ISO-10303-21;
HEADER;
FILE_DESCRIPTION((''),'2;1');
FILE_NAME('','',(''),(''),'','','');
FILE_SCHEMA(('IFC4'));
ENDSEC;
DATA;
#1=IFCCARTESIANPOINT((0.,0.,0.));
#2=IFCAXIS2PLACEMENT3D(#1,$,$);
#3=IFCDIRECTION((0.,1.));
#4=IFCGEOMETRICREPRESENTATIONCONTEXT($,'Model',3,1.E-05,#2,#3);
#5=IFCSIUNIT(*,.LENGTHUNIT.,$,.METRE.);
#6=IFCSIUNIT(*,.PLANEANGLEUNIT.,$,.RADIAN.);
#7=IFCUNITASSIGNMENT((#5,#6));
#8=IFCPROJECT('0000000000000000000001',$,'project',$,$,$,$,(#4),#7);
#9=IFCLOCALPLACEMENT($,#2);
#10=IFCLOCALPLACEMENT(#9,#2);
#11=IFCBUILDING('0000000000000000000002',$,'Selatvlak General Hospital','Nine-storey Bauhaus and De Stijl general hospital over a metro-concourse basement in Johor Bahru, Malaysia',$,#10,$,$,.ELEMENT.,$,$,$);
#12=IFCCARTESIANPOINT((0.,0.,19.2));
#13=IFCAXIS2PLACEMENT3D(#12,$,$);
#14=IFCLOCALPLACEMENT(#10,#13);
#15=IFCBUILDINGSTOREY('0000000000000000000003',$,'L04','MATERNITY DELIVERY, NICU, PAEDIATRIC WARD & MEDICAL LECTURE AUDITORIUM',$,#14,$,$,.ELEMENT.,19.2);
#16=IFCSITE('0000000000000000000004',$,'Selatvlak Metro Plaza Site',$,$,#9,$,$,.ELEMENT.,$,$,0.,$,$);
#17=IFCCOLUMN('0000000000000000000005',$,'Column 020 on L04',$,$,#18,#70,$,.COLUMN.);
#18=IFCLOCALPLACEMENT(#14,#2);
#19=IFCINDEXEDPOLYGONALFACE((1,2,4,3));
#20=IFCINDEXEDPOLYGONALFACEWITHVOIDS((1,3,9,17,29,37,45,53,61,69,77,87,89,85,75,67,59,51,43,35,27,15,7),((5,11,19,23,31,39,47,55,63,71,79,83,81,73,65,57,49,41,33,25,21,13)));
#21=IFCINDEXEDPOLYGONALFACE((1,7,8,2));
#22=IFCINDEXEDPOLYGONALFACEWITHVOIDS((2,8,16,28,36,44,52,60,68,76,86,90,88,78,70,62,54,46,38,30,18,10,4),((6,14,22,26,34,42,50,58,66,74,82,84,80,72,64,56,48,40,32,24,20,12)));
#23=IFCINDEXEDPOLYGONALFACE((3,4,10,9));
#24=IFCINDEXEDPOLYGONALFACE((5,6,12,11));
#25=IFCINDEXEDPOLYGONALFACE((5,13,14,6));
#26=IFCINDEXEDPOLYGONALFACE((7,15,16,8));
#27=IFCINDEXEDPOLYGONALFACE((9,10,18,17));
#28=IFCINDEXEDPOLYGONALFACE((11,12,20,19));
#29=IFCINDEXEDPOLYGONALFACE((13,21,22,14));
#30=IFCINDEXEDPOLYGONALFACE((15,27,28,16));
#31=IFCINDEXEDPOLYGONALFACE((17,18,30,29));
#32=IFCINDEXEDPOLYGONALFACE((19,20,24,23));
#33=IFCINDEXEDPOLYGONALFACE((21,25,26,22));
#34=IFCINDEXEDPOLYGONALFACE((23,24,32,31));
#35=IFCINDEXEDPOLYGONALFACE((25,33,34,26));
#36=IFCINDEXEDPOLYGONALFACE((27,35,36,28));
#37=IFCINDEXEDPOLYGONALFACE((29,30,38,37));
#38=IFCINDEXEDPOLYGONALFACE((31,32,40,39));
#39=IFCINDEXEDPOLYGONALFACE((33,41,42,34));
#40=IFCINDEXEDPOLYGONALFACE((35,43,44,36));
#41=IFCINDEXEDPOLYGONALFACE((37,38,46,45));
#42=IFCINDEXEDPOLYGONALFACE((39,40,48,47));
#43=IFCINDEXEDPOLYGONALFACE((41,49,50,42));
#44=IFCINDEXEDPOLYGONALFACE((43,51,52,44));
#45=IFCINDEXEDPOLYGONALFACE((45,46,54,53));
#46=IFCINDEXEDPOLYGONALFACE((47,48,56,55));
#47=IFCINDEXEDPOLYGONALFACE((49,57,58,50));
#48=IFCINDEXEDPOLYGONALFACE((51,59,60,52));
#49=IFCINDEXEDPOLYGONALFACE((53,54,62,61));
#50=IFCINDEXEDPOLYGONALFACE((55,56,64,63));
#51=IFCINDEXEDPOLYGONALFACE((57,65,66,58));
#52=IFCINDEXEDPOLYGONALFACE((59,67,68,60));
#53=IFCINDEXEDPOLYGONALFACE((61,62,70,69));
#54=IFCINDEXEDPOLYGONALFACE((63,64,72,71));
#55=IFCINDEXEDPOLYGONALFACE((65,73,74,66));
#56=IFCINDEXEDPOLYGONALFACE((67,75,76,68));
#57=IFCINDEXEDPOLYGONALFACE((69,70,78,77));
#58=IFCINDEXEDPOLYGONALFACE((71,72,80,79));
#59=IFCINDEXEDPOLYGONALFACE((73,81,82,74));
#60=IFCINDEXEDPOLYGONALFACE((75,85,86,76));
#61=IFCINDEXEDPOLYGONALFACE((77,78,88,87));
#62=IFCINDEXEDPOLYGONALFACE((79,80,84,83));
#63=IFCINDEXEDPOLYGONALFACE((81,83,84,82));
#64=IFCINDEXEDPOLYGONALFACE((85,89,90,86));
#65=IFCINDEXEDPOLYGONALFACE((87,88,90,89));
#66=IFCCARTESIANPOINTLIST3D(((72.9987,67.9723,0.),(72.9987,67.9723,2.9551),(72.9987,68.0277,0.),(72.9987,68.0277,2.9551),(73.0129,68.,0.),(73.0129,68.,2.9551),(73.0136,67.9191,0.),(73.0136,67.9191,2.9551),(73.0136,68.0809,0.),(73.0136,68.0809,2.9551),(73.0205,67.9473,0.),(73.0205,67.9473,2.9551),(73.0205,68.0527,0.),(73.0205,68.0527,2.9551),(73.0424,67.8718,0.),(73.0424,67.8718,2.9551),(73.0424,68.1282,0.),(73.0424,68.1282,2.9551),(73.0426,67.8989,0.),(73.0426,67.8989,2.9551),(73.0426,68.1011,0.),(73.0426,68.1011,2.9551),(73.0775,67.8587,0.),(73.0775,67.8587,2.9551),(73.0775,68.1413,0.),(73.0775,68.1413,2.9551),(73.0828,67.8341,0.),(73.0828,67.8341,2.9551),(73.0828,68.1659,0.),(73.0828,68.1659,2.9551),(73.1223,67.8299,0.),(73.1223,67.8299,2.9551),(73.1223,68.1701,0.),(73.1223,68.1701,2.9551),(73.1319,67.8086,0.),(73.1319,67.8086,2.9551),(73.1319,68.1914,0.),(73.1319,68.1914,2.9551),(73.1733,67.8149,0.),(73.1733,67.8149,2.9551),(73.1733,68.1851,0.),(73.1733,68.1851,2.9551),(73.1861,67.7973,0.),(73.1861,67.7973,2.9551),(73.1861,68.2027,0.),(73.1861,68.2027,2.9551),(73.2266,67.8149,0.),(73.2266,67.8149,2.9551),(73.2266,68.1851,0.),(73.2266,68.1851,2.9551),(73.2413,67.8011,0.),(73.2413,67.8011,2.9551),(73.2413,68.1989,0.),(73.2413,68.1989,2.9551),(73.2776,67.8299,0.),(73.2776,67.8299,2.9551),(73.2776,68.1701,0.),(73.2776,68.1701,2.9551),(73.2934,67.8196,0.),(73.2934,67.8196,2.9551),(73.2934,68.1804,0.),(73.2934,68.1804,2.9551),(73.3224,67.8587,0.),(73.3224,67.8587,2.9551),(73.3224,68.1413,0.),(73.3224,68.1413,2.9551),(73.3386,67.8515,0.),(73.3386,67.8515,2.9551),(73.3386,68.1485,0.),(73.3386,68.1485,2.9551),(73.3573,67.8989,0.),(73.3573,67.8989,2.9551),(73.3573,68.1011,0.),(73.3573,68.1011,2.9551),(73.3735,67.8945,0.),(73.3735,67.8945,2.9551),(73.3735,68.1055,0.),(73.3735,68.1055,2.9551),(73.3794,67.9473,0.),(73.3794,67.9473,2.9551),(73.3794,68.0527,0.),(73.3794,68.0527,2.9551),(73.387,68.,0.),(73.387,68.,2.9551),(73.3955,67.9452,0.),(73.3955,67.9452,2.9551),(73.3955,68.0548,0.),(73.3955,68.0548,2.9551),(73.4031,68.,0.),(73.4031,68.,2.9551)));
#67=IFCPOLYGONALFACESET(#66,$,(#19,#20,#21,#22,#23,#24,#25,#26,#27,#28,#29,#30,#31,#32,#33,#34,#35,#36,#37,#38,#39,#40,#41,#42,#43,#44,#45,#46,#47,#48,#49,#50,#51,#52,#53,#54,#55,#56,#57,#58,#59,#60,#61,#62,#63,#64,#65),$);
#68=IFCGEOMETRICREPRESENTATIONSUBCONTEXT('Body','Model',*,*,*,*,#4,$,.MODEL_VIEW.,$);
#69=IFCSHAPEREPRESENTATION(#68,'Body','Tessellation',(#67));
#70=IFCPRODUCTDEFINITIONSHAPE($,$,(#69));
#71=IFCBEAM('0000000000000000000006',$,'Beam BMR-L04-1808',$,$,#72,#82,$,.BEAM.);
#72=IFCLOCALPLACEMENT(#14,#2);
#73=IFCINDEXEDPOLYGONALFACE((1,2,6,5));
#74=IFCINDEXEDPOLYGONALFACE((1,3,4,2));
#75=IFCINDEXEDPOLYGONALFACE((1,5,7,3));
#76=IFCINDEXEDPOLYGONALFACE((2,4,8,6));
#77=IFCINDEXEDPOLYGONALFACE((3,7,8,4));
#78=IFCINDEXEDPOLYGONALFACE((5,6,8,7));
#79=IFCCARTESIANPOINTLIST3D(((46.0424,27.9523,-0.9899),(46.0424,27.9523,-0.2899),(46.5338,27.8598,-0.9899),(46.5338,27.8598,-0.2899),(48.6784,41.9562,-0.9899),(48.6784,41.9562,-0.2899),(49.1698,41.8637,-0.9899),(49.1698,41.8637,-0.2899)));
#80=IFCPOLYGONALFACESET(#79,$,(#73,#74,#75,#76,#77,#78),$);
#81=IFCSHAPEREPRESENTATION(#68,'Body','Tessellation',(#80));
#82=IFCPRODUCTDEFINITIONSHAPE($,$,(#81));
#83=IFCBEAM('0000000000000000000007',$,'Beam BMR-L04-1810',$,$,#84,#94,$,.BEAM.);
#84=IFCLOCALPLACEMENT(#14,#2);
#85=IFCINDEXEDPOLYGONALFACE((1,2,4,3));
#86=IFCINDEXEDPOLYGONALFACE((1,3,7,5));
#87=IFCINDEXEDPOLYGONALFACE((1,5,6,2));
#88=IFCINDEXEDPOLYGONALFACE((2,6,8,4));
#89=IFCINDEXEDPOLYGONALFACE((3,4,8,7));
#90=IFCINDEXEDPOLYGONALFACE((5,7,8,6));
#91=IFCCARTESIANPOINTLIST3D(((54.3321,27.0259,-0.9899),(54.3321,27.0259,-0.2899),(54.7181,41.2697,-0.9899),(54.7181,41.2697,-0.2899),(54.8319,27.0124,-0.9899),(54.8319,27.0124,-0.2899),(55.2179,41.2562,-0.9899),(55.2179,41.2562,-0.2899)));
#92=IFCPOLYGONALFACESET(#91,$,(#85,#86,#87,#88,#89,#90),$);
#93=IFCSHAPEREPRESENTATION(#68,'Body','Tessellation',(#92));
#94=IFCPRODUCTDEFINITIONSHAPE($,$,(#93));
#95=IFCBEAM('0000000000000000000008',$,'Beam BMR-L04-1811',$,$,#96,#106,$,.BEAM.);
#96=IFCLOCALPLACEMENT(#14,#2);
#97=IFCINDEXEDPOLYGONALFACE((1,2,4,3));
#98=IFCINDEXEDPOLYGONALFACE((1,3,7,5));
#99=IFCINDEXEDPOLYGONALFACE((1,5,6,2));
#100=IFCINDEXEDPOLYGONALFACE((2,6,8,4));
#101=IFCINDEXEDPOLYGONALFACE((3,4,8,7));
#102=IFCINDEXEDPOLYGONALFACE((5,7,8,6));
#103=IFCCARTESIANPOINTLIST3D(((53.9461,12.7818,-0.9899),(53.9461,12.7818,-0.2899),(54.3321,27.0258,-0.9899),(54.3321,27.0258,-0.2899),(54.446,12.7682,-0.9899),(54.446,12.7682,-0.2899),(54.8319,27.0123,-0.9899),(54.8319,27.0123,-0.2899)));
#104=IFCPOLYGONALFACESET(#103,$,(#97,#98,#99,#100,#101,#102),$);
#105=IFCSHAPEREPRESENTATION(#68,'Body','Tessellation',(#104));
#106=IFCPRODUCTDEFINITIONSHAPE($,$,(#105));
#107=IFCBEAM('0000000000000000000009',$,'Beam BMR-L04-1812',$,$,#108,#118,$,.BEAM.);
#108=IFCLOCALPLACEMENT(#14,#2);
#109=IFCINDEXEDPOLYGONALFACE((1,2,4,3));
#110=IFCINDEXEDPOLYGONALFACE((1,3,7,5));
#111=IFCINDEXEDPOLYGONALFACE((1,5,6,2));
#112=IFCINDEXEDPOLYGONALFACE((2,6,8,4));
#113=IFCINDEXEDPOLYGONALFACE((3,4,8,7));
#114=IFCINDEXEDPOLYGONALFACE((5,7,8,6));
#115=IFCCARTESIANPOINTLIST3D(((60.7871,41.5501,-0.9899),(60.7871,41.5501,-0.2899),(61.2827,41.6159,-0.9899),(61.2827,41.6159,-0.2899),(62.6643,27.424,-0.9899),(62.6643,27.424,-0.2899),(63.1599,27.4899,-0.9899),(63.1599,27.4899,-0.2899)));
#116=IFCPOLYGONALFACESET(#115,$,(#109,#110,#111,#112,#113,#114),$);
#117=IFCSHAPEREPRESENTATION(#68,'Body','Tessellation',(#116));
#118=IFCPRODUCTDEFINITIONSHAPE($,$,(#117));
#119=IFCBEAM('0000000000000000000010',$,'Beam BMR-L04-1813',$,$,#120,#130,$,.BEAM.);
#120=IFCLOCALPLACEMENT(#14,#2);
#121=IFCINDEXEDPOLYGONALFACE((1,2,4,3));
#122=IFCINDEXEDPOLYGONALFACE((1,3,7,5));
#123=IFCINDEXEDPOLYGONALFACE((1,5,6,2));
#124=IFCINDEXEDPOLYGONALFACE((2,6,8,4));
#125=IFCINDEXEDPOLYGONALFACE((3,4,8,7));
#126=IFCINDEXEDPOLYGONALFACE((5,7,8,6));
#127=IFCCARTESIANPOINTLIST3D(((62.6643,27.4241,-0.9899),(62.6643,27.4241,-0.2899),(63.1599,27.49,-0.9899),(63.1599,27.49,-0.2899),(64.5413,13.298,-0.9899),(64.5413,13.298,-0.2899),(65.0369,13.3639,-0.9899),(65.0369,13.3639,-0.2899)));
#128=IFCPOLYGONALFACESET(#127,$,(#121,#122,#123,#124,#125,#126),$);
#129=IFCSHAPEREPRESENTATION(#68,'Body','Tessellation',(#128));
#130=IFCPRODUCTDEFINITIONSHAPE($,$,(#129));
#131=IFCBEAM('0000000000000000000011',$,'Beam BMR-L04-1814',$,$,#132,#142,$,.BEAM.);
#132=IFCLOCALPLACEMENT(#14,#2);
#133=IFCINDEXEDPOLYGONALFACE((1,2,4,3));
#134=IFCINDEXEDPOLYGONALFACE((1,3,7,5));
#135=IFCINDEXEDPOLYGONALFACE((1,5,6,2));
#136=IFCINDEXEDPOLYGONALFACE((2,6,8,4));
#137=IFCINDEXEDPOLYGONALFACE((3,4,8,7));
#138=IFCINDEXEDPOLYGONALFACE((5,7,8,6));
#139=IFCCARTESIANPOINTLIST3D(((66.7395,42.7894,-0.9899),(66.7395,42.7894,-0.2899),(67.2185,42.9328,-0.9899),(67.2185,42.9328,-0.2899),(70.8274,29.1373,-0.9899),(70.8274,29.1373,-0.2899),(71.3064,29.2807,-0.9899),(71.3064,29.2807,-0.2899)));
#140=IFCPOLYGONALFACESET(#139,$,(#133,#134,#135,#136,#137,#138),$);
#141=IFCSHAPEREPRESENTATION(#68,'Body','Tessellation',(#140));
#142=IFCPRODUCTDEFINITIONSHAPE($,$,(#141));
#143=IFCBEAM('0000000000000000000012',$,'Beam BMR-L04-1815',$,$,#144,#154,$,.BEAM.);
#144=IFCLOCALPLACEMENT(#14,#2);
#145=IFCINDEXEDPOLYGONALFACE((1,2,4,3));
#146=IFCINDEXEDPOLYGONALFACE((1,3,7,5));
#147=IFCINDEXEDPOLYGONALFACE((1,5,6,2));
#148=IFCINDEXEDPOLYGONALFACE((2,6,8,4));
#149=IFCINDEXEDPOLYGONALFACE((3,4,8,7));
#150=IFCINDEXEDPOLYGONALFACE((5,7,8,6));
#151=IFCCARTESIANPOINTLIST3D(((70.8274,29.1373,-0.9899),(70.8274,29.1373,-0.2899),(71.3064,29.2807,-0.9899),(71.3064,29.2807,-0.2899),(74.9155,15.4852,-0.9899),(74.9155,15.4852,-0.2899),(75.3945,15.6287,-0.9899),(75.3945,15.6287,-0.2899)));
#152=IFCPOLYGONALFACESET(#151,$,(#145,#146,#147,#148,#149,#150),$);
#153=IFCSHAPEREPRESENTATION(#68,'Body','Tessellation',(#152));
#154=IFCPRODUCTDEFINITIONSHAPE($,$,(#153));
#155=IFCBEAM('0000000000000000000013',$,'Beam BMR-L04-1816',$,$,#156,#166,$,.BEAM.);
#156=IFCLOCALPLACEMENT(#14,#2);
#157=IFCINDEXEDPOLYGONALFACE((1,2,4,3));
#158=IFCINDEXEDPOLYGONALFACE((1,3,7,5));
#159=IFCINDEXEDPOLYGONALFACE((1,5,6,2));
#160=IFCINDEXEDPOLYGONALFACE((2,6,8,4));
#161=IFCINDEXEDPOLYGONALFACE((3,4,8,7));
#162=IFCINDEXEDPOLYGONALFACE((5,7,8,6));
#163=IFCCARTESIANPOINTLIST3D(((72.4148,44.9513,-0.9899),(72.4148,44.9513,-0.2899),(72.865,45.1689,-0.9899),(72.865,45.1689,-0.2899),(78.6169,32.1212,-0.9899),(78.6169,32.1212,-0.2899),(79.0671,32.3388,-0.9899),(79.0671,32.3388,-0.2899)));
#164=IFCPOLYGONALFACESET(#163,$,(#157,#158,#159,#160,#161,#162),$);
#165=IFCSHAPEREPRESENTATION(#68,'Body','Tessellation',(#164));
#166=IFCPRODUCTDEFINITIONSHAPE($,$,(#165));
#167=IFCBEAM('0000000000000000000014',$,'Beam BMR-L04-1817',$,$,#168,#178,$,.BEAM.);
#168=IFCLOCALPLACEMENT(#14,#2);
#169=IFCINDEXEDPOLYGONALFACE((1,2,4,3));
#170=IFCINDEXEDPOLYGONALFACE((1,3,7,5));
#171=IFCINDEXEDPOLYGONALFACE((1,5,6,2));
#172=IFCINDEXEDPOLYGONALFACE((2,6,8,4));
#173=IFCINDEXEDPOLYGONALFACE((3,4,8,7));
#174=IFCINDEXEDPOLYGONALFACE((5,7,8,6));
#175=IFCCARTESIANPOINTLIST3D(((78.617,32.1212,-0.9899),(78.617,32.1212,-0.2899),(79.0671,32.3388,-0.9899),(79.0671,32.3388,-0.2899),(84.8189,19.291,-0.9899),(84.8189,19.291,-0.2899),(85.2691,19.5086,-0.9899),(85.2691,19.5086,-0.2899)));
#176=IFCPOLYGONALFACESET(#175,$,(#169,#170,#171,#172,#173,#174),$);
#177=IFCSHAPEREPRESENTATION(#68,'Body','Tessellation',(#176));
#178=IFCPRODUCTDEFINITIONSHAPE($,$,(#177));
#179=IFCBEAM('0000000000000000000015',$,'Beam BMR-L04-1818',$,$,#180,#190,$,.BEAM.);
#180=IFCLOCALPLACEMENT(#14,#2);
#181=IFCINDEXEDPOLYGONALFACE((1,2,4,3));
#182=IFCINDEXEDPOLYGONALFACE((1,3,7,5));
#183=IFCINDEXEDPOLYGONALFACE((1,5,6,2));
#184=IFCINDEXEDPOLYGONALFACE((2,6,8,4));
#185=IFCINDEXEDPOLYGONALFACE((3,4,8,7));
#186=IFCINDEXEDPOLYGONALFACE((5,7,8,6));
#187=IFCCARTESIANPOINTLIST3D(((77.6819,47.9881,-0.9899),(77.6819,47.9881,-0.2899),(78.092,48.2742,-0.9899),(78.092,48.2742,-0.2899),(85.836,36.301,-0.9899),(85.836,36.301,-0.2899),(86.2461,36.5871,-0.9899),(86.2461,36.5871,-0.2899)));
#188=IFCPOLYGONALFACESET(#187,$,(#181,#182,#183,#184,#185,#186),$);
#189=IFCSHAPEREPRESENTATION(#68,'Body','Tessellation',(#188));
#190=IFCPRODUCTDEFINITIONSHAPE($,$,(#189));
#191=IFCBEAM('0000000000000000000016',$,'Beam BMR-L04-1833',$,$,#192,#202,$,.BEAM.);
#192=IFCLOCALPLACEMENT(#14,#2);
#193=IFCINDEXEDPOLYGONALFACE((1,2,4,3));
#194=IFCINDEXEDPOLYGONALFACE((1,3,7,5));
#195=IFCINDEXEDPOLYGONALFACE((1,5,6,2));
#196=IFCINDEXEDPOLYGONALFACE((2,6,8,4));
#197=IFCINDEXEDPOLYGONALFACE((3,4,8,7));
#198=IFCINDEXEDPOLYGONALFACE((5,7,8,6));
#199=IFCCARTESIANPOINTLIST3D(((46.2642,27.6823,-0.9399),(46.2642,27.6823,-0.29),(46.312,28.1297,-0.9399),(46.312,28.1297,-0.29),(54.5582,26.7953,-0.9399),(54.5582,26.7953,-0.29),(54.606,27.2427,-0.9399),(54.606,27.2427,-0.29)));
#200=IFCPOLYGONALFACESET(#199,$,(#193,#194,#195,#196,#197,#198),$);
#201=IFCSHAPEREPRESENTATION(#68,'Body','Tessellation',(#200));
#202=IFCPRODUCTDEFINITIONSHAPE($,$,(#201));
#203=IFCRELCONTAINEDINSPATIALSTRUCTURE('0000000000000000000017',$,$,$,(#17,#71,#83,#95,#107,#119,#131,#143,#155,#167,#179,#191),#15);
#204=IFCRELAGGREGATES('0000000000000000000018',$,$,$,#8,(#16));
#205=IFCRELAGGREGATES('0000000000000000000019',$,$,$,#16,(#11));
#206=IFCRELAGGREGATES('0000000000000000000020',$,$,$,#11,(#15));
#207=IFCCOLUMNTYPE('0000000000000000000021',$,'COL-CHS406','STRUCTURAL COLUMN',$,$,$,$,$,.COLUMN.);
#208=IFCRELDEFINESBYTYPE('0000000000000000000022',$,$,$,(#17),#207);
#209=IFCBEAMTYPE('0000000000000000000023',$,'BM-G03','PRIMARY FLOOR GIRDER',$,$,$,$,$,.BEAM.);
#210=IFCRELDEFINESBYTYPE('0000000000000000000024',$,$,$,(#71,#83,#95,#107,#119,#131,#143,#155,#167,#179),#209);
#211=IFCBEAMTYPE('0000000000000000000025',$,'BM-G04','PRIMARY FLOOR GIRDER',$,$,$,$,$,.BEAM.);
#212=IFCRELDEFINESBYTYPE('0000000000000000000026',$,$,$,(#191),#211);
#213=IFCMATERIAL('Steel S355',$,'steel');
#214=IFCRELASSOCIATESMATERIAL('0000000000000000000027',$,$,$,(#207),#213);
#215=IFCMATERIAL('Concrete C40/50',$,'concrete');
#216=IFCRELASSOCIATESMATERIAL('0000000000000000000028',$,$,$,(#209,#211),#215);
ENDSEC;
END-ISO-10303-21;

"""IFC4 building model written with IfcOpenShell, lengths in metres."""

from ifc_helpers import new_model, si_unit, direction, frame, origin, origin_2d, place, context, subcontext, project, spatial, rectangle, hollow_circle, extrude, material, material_profile, profile_set, type_object, element, save


model = new_model("IFC4")

# Units and contexts
model_context = context("Model", 3, precision=1e-05, world=origin(), true_north=direction((0.0, 1.0)))
body_context = subcontext(model_context, "Body", "Model", "MODEL_VIEW")
ifc_project = project(units=[si_unit("LENGTHUNIT", "METRE"), si_unit("PLANEANGLEUNIT", "RADIAN")], contexts=[model_context])

# Site, building, storey
site_placement = place(None, origin())
site = spatial("IfcSite", under=ifc_project, at=site_placement, Name="Selatvlak Metro Plaza Site", CompositionType="ELEMENT", RefElevation=0.0)
building_placement = place(site_placement, origin())
building = spatial("IfcBuilding", under=site, at=building_placement, Name="Selatvlak General Hospital", Description="Nine-storey Bauhaus and De Stijl general hospital over a metro-concourse basement in Johor Bahru, Malaysia", CompositionType="ELEMENT")
storey_placement = place(building_placement, frame((0.0, 0.0, 19.2)))
storey = spatial("IfcBuildingStorey", under=building, at=storey_placement, Name="L04", Description="MATERNITY DELIVERY, NICU, PAEDIATRIC WARD & MEDICAL LECTURE AUDITORIUM", CompositionType="ELEMENT", Elevation=19.2)

# Column
ifc_material_1 = material(Name="Steel S355", Category="steel")
ifc_material_profile_1 = material_profile(ifc_material_1, hollow_circle(Radius=0.2031, WallThickness=0.0161, at=origin_2d()), Name="CHS 406.4x16")
ifc_profile_set_1 = profile_set([ifc_material_profile_1], Name="Steel S355")
column_type = type_object("IfcColumnType", Name="COL-CHS406", Description="STRUCTURAL COLUMN", PredefinedType="COLUMN", material=ifc_profile_set_1)
for number, where, z_axis, x_axis, name in (
    (1, (73.2, 68.0, 0.0), (0.0, 0.0, 1.0), (1.0, 0.0, 0.0), "Column 020 on L04"),
):
    element("IfcColumn", number, at=place(storey_placement, frame(where, z_axis=z_axis, x_axis=x_axis)), inside=storey, type_object=column_type, Name=name, PredefinedType="COLUMN", context=body_context, shape_type="SweptSolid", body=[
        extrude(hollow_circle(Radius=0.2031, WallThickness=0.0161, at=origin_2d()), origin(), (0.0, 0.0, 1.0), 2.9551),
    ])

# Beams
ifc_material_2 = material(Name="Concrete C40/50", Category="concrete")
ifc_material_profile_2 = material_profile(ifc_material_2, rectangle(XDim=0.5, YDim=0.7, at=origin_2d()), Name="RC-BM 500x700")
ifc_profile_set_2 = profile_set([ifc_material_profile_2], Name="Concrete C40/50")
beam_type_1 = type_object("IfcBeamType", Name="BM-G03", Description="PRIMARY FLOOR GIRDER", PredefinedType="BEAM", material=ifc_profile_set_2)
beam_1_placement = place(storey_placement, frame((48.9241, 41.9099, -0.6399), z_axis=(-0.184984, -0.982742, 0.0), x_axis=(0.982742, -0.184984, 0.0)))
element("IfcBeam", 2, at=beam_1_placement, inside=storey, type_object=beam_type_1, Name="Beam BMR-L04-1808", PredefinedType="BEAM", context=body_context, shape_type="SweptSolid", body=[
    extrude(rectangle(XDim=0.5, YDim=0.7, at=origin_2d()), origin(), (0.0, 0.0, 1.0), 14.2498),
])
beam_2_placement = place(storey_placement, frame((54.968, 41.2629, -0.6399), z_axis=(-0.027088, -0.999633, 0.0), x_axis=(0.999633, -0.027088, 0.0)))
element("IfcBeam", 3, at=beam_2_placement, inside=storey, type_object=beam_type_1, Name="Beam BMR-L04-1810", PredefinedType="BEAM", context=body_context, shape_type="SweptSolid", body=[
    extrude(rectangle(XDim=0.5, YDim=0.7, at=origin_2d()), origin(), (0.0, 0.0, 1.0), 14.249),
])
beam_3_placement = place(storey_placement, frame((54.582, 27.019, -0.6399), z_axis=(-0.027088, -0.999633, 0.0), x_axis=(0.999633, -0.027088, 0.0)))
element("IfcBeam", 4, at=beam_3_placement, inside=storey, type_object=beam_type_1, Name="Beam BMR-L04-1811", PredefinedType="BEAM", context=body_context, shape_type="SweptSolid", body=[
    extrude(rectangle(XDim=0.5, YDim=0.7, at=origin_2d()), origin(), (0.0, 0.0, 1.0), 14.2493),
])
for number, where, z_axis, x_axis, name in (
    (5, (61.0349, 41.583, -0.6399), (0.131732, -0.991285, 0.0), (0.991285, 0.131732, 0.0), "Beam BMR-L04-1812"),
    (6, (62.9121, 27.457, -0.6399), (0.131715, -0.991288, 0.0), (0.991288, 0.131715, 0.0), "Beam BMR-L04-1813"),
):
    element("IfcBeam", number, at=place(storey_placement, frame(where, z_axis=z_axis, x_axis=x_axis)), inside=storey, type_object=beam_type_1, Name=name, PredefinedType="BEAM", context=body_context, shape_type="SweptSolid", body=[
        extrude(rectangle(XDim=0.5, YDim=0.7, at=origin_2d()), origin(), (0.0, 0.0, 1.0), 14.2502),
    ])
for number, where, z_axis, x_axis, name in (
    (7, (66.979, 42.8611, -0.6399), (0.28685, -0.957976, 0.0), (0.957976, 0.28685, 0.0), "Beam BMR-L04-1814"),
    (8, (71.0669, 29.209, -0.6399), (0.286865, -0.957971, 0.0), (0.957971, 0.286865, 0.0), "Beam BMR-L04-1815"),
):
    element("IfcBeam", number, at=place(storey_placement, frame(where, z_axis=z_axis, x_axis=x_axis)), inside=storey, type_object=beam_type_1, Name=name, PredefinedType="BEAM", context=body_context, shape_type="SweptSolid", body=[
        extrude(rectangle(XDim=0.5, YDim=0.7, at=origin_2d()), origin(), (0.0, 0.0, 1.0), 14.251),
    ])
for number, where, z_axis, x_axis, name in (
    (9, (72.6399, 45.0601, -0.6399), (0.435222, -0.900323, 0.0), (0.900323, 0.435222, 0.0), "Beam BMR-L04-1816"),
    (10, (78.842, 32.23, -0.6399), (0.435208, -0.90033, 0.0), (0.90033, 0.435208, 0.0), "Beam BMR-L04-1817"),
    (11, (77.887, 48.1311, -0.6399), (0.572197, -0.820116, 0.0), (0.820116, 0.572197, 0.0), "Beam BMR-L04-1818"),
):
    element("IfcBeam", number, at=place(storey_placement, frame(where, z_axis=z_axis, x_axis=x_axis)), inside=storey, type_object=beam_type_1, Name=name, PredefinedType="BEAM", context=body_context, shape_type="SweptSolid", body=[
        extrude(rectangle(XDim=0.5, YDim=0.7, at=origin_2d()), origin(), (0.0, 0.0, 1.0), 14.2505),
    ])
ifc_material_profile_3 = material_profile(ifc_material_2, rectangle(XDim=0.45, YDim=0.6499, at=origin_2d()), Name="RC-BM 450x650")
ifc_profile_set_3 = profile_set([ifc_material_profile_3], Name="Concrete C40/50")
beam_type_2 = type_object("IfcBeamType", Name="BM-G04", Description="PRIMARY FLOOR GIRDER", PredefinedType="BEAM", material=ifc_profile_set_3)
beam_4_placement = place(storey_placement, frame((46.2881, 27.906, -0.615), z_axis=(0.99433, -0.106335, 0.0), x_axis=(0.106335, 0.99433, 0.0)))
element("IfcBeam", 12, at=beam_4_placement, inside=storey, type_object=beam_type_2, Name="Beam BMR-L04-1833", PredefinedType="BEAM", context=body_context, shape_type="SweptSolid", body=[
    extrude(rectangle(XDim=0.45, YDim=0.6499, at=origin_2d()), origin(), (0.0, 0.0, 1.0), 8.3413),
])

save(model, "model.ifc")
